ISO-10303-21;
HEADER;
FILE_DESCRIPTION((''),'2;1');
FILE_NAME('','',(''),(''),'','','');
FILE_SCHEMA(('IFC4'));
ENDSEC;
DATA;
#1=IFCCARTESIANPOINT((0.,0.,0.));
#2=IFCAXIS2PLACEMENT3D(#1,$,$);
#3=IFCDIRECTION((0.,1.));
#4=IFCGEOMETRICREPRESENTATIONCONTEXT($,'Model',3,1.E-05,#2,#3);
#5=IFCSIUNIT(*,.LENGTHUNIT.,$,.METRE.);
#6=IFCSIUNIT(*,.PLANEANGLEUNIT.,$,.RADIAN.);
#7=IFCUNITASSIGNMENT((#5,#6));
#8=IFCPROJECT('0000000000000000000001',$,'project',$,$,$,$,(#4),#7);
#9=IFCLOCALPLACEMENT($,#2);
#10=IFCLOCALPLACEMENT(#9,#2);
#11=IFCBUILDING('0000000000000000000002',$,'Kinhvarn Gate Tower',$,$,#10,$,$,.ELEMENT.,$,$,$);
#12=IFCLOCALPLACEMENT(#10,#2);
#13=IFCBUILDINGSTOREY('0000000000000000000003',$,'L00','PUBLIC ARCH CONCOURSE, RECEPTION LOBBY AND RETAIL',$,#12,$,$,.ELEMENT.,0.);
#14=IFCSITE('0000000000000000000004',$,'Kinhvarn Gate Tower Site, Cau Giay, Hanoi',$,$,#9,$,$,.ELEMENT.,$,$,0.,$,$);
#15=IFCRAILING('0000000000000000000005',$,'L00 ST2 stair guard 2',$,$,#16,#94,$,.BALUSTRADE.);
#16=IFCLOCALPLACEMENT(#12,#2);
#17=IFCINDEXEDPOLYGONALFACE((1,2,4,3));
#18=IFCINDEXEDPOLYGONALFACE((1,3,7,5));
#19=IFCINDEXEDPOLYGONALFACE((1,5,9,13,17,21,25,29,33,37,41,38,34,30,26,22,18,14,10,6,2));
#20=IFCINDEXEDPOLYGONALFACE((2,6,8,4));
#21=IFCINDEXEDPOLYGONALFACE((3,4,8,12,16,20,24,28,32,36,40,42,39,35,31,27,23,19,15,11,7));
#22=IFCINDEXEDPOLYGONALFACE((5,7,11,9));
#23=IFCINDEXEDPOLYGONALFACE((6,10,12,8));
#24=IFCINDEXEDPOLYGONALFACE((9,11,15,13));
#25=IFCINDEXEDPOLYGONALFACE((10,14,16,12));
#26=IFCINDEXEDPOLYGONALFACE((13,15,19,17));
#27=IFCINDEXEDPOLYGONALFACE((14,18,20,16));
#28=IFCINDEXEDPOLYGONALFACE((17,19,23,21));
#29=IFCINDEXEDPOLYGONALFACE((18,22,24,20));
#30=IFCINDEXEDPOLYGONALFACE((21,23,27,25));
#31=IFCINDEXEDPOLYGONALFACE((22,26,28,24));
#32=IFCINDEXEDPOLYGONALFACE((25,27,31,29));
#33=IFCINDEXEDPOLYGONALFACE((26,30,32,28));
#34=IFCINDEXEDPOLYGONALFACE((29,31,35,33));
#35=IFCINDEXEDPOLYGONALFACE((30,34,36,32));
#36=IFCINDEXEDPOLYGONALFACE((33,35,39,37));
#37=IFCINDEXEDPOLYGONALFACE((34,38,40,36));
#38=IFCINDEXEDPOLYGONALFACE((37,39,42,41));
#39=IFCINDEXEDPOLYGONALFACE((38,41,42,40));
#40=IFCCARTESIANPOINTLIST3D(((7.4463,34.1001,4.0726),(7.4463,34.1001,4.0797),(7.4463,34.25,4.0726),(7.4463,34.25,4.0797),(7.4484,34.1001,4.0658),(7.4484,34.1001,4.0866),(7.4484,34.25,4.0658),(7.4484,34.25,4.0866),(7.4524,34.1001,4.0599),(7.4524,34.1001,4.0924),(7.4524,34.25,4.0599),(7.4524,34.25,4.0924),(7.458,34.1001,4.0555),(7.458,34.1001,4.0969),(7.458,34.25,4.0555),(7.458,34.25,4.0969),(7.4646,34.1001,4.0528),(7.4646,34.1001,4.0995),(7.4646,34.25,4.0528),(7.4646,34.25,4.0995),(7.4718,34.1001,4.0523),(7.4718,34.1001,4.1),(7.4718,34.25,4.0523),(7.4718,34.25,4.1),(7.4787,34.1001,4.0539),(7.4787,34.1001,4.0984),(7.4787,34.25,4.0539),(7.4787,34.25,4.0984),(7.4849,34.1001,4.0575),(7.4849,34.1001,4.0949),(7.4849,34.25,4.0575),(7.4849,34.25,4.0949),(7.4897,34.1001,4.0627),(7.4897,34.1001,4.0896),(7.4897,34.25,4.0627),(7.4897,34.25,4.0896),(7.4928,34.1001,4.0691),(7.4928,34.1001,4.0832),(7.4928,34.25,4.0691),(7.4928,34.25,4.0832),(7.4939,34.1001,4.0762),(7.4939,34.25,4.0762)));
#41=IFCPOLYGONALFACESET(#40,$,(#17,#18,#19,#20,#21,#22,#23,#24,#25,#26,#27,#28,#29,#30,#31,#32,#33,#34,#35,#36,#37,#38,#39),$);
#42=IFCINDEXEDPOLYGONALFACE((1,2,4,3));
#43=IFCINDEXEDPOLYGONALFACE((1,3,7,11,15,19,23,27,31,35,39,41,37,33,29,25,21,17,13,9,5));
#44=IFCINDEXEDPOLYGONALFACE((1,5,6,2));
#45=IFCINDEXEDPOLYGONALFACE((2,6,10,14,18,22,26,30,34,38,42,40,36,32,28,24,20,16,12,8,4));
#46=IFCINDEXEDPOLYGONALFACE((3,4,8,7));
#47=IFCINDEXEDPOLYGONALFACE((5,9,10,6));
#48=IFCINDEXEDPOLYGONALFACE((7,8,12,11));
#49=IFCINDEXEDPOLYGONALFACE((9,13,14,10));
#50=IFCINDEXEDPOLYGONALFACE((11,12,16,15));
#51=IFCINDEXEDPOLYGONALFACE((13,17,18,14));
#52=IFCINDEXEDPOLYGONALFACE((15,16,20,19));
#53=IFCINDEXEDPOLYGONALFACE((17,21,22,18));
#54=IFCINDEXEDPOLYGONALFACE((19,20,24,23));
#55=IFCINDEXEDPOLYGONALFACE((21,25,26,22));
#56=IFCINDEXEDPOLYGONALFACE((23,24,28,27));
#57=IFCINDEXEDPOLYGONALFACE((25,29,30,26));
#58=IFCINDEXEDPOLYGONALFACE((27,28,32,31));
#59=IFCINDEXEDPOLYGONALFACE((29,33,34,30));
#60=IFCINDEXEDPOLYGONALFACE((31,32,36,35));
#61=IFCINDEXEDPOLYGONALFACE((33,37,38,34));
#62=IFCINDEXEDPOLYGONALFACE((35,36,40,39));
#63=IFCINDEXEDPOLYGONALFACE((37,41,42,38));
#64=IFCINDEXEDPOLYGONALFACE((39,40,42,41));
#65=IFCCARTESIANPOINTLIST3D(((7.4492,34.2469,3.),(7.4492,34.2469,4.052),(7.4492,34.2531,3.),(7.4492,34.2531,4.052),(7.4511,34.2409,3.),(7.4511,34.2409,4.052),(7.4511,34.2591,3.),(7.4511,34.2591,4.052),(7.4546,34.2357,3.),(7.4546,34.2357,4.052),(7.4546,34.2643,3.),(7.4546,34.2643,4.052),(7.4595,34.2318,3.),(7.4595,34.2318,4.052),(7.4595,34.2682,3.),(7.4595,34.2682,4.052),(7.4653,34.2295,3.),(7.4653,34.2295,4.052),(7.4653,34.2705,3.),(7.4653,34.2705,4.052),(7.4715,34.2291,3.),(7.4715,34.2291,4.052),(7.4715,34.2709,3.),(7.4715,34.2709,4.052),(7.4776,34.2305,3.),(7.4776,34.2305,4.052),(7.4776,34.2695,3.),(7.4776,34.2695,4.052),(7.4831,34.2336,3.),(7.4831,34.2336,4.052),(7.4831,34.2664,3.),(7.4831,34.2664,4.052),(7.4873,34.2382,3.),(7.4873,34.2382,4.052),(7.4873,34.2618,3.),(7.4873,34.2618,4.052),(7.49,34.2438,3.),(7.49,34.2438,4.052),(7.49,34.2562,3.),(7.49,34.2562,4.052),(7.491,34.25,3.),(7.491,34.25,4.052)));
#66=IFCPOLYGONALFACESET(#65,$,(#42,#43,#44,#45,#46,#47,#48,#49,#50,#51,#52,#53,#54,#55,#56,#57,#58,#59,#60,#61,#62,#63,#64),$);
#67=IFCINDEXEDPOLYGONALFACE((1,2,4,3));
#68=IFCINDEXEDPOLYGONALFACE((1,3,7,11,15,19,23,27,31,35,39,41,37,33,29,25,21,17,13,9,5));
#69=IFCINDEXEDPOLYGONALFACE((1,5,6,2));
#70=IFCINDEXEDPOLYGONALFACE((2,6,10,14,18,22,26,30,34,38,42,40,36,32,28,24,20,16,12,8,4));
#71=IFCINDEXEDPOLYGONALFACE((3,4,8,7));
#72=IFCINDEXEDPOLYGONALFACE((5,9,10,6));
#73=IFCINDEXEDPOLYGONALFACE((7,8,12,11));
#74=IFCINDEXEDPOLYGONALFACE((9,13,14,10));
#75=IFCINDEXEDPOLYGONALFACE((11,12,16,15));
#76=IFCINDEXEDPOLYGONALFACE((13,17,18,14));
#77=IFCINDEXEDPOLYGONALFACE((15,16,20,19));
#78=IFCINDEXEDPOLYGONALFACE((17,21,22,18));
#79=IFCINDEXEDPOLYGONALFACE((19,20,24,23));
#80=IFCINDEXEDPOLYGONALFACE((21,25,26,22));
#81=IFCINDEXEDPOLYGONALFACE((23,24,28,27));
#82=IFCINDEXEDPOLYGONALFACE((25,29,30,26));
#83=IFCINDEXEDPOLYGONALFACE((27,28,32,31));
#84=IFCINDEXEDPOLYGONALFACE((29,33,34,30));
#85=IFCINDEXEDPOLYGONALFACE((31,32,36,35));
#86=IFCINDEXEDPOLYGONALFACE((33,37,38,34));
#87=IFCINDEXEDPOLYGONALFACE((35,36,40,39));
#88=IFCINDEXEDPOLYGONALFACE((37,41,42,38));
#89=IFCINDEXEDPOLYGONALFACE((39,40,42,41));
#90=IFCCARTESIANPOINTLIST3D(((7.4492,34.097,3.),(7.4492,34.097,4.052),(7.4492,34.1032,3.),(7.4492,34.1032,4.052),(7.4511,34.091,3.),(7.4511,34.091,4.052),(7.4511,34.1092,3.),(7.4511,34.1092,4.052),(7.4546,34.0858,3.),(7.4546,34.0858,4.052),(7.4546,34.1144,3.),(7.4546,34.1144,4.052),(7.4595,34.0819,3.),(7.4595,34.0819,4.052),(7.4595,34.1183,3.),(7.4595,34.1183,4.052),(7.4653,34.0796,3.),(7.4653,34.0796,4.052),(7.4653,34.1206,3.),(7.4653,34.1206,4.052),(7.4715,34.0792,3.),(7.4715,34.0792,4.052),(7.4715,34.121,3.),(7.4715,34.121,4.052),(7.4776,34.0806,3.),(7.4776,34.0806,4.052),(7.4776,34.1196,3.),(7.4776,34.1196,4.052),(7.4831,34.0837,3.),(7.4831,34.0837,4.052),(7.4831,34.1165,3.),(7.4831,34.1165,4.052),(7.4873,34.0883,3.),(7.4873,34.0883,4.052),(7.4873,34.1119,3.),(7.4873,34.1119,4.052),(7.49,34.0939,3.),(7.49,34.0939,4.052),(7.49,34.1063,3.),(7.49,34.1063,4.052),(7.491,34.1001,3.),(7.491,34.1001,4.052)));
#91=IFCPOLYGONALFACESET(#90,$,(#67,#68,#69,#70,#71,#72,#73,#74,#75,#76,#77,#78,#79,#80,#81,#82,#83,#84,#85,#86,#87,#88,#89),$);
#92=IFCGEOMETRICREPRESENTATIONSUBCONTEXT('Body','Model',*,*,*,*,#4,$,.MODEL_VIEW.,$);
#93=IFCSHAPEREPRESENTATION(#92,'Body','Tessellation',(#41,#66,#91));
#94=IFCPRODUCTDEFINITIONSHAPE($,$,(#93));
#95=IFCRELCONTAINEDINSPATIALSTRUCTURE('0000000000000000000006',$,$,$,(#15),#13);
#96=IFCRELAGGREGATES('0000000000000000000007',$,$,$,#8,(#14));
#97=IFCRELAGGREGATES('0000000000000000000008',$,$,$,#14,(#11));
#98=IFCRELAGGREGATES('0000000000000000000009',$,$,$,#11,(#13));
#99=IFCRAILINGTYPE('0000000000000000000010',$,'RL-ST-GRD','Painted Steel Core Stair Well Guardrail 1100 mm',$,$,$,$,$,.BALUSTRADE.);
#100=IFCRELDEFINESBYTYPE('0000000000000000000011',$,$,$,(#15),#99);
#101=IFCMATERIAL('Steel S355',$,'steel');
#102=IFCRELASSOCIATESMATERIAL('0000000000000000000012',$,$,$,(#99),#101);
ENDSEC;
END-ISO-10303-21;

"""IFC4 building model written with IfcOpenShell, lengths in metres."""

from ifc_helpers import new_model, si_unit, direction, frame, origin, origin_2d, place, context, subcontext, project, spatial, circle, extrude, material, type_object, element, save


model = new_model("IFC4")

# Units and contexts
model_context = context("Model", 3, precision=1e-05, world=origin(), true_north=direction((0.0, 1.0)))
body_context = subcontext(model_context, "Body", "Model", "MODEL_VIEW")
ifc_project = project(units=[si_unit("LENGTHUNIT", "METRE"), si_unit("PLANEANGLEUNIT", "RADIAN")], contexts=[model_context])

# Site, building, storey
site_placement = place(None, origin())
site = spatial("IfcSite", under=ifc_project, at=site_placement, Name="Kinhvarn Gate Tower Site, Cau Giay, Hanoi", CompositionType="ELEMENT", RefElevation=0.0)
building_placement = place(site_placement, origin())
building = spatial("IfcBuilding", under=site, at=building_placement, Name="Kinhvarn Gate Tower", CompositionType="ELEMENT")
storey_placement = place(building_placement, origin())
storey = spatial("IfcBuildingStorey", under=building, at=storey_placement, Name="L00", Description="PUBLIC ARCH CONCOURSE, RECEPTION LOBBY AND RETAIL", CompositionType="ELEMENT", Elevation=0.0)

# Shared definitions
ifc_material_1 = material(Name="Steel S355", Category="steel")

# Railing
railing_type_1 = type_object("IfcRailingType", Name="RL-ST-GRD", Description="Painted Steel Core Stair Well Guardrail 1100 mm", PredefinedType="BALUSTRADE", material=ifc_material_1)
railing_1_placement = place(storey_placement, frame((7.47, 34.25, 3.0)))
element("IfcRailing", 1, at=railing_1_placement, inside=storey, type_object=railing_type_1, Name="L00 ST2 stair guard 2", PredefinedType="BALUSTRADE", context=body_context, shape_type="SweptSolid", body=[
    extrude(circle(Radius=0.0239, at=origin_2d()), frame((0.0, 0.0, 1.0762), z_axis=(0.0, -1.0, 0.0), x_axis=(1.0, 0.0, 0.0)), (0.0, 0.0, 1.0), 0.1499),
    extrude(circle(Radius=0.021, at=origin_2d()), origin(), (0.0, 0.0, 1.0), 1.052),
    extrude(circle(Radius=0.021, at=origin_2d()), frame((0.0, -0.1499, 0.0)), (0.0, 0.0, 1.0), 1.052),
])

save(model, "model.ifc")
